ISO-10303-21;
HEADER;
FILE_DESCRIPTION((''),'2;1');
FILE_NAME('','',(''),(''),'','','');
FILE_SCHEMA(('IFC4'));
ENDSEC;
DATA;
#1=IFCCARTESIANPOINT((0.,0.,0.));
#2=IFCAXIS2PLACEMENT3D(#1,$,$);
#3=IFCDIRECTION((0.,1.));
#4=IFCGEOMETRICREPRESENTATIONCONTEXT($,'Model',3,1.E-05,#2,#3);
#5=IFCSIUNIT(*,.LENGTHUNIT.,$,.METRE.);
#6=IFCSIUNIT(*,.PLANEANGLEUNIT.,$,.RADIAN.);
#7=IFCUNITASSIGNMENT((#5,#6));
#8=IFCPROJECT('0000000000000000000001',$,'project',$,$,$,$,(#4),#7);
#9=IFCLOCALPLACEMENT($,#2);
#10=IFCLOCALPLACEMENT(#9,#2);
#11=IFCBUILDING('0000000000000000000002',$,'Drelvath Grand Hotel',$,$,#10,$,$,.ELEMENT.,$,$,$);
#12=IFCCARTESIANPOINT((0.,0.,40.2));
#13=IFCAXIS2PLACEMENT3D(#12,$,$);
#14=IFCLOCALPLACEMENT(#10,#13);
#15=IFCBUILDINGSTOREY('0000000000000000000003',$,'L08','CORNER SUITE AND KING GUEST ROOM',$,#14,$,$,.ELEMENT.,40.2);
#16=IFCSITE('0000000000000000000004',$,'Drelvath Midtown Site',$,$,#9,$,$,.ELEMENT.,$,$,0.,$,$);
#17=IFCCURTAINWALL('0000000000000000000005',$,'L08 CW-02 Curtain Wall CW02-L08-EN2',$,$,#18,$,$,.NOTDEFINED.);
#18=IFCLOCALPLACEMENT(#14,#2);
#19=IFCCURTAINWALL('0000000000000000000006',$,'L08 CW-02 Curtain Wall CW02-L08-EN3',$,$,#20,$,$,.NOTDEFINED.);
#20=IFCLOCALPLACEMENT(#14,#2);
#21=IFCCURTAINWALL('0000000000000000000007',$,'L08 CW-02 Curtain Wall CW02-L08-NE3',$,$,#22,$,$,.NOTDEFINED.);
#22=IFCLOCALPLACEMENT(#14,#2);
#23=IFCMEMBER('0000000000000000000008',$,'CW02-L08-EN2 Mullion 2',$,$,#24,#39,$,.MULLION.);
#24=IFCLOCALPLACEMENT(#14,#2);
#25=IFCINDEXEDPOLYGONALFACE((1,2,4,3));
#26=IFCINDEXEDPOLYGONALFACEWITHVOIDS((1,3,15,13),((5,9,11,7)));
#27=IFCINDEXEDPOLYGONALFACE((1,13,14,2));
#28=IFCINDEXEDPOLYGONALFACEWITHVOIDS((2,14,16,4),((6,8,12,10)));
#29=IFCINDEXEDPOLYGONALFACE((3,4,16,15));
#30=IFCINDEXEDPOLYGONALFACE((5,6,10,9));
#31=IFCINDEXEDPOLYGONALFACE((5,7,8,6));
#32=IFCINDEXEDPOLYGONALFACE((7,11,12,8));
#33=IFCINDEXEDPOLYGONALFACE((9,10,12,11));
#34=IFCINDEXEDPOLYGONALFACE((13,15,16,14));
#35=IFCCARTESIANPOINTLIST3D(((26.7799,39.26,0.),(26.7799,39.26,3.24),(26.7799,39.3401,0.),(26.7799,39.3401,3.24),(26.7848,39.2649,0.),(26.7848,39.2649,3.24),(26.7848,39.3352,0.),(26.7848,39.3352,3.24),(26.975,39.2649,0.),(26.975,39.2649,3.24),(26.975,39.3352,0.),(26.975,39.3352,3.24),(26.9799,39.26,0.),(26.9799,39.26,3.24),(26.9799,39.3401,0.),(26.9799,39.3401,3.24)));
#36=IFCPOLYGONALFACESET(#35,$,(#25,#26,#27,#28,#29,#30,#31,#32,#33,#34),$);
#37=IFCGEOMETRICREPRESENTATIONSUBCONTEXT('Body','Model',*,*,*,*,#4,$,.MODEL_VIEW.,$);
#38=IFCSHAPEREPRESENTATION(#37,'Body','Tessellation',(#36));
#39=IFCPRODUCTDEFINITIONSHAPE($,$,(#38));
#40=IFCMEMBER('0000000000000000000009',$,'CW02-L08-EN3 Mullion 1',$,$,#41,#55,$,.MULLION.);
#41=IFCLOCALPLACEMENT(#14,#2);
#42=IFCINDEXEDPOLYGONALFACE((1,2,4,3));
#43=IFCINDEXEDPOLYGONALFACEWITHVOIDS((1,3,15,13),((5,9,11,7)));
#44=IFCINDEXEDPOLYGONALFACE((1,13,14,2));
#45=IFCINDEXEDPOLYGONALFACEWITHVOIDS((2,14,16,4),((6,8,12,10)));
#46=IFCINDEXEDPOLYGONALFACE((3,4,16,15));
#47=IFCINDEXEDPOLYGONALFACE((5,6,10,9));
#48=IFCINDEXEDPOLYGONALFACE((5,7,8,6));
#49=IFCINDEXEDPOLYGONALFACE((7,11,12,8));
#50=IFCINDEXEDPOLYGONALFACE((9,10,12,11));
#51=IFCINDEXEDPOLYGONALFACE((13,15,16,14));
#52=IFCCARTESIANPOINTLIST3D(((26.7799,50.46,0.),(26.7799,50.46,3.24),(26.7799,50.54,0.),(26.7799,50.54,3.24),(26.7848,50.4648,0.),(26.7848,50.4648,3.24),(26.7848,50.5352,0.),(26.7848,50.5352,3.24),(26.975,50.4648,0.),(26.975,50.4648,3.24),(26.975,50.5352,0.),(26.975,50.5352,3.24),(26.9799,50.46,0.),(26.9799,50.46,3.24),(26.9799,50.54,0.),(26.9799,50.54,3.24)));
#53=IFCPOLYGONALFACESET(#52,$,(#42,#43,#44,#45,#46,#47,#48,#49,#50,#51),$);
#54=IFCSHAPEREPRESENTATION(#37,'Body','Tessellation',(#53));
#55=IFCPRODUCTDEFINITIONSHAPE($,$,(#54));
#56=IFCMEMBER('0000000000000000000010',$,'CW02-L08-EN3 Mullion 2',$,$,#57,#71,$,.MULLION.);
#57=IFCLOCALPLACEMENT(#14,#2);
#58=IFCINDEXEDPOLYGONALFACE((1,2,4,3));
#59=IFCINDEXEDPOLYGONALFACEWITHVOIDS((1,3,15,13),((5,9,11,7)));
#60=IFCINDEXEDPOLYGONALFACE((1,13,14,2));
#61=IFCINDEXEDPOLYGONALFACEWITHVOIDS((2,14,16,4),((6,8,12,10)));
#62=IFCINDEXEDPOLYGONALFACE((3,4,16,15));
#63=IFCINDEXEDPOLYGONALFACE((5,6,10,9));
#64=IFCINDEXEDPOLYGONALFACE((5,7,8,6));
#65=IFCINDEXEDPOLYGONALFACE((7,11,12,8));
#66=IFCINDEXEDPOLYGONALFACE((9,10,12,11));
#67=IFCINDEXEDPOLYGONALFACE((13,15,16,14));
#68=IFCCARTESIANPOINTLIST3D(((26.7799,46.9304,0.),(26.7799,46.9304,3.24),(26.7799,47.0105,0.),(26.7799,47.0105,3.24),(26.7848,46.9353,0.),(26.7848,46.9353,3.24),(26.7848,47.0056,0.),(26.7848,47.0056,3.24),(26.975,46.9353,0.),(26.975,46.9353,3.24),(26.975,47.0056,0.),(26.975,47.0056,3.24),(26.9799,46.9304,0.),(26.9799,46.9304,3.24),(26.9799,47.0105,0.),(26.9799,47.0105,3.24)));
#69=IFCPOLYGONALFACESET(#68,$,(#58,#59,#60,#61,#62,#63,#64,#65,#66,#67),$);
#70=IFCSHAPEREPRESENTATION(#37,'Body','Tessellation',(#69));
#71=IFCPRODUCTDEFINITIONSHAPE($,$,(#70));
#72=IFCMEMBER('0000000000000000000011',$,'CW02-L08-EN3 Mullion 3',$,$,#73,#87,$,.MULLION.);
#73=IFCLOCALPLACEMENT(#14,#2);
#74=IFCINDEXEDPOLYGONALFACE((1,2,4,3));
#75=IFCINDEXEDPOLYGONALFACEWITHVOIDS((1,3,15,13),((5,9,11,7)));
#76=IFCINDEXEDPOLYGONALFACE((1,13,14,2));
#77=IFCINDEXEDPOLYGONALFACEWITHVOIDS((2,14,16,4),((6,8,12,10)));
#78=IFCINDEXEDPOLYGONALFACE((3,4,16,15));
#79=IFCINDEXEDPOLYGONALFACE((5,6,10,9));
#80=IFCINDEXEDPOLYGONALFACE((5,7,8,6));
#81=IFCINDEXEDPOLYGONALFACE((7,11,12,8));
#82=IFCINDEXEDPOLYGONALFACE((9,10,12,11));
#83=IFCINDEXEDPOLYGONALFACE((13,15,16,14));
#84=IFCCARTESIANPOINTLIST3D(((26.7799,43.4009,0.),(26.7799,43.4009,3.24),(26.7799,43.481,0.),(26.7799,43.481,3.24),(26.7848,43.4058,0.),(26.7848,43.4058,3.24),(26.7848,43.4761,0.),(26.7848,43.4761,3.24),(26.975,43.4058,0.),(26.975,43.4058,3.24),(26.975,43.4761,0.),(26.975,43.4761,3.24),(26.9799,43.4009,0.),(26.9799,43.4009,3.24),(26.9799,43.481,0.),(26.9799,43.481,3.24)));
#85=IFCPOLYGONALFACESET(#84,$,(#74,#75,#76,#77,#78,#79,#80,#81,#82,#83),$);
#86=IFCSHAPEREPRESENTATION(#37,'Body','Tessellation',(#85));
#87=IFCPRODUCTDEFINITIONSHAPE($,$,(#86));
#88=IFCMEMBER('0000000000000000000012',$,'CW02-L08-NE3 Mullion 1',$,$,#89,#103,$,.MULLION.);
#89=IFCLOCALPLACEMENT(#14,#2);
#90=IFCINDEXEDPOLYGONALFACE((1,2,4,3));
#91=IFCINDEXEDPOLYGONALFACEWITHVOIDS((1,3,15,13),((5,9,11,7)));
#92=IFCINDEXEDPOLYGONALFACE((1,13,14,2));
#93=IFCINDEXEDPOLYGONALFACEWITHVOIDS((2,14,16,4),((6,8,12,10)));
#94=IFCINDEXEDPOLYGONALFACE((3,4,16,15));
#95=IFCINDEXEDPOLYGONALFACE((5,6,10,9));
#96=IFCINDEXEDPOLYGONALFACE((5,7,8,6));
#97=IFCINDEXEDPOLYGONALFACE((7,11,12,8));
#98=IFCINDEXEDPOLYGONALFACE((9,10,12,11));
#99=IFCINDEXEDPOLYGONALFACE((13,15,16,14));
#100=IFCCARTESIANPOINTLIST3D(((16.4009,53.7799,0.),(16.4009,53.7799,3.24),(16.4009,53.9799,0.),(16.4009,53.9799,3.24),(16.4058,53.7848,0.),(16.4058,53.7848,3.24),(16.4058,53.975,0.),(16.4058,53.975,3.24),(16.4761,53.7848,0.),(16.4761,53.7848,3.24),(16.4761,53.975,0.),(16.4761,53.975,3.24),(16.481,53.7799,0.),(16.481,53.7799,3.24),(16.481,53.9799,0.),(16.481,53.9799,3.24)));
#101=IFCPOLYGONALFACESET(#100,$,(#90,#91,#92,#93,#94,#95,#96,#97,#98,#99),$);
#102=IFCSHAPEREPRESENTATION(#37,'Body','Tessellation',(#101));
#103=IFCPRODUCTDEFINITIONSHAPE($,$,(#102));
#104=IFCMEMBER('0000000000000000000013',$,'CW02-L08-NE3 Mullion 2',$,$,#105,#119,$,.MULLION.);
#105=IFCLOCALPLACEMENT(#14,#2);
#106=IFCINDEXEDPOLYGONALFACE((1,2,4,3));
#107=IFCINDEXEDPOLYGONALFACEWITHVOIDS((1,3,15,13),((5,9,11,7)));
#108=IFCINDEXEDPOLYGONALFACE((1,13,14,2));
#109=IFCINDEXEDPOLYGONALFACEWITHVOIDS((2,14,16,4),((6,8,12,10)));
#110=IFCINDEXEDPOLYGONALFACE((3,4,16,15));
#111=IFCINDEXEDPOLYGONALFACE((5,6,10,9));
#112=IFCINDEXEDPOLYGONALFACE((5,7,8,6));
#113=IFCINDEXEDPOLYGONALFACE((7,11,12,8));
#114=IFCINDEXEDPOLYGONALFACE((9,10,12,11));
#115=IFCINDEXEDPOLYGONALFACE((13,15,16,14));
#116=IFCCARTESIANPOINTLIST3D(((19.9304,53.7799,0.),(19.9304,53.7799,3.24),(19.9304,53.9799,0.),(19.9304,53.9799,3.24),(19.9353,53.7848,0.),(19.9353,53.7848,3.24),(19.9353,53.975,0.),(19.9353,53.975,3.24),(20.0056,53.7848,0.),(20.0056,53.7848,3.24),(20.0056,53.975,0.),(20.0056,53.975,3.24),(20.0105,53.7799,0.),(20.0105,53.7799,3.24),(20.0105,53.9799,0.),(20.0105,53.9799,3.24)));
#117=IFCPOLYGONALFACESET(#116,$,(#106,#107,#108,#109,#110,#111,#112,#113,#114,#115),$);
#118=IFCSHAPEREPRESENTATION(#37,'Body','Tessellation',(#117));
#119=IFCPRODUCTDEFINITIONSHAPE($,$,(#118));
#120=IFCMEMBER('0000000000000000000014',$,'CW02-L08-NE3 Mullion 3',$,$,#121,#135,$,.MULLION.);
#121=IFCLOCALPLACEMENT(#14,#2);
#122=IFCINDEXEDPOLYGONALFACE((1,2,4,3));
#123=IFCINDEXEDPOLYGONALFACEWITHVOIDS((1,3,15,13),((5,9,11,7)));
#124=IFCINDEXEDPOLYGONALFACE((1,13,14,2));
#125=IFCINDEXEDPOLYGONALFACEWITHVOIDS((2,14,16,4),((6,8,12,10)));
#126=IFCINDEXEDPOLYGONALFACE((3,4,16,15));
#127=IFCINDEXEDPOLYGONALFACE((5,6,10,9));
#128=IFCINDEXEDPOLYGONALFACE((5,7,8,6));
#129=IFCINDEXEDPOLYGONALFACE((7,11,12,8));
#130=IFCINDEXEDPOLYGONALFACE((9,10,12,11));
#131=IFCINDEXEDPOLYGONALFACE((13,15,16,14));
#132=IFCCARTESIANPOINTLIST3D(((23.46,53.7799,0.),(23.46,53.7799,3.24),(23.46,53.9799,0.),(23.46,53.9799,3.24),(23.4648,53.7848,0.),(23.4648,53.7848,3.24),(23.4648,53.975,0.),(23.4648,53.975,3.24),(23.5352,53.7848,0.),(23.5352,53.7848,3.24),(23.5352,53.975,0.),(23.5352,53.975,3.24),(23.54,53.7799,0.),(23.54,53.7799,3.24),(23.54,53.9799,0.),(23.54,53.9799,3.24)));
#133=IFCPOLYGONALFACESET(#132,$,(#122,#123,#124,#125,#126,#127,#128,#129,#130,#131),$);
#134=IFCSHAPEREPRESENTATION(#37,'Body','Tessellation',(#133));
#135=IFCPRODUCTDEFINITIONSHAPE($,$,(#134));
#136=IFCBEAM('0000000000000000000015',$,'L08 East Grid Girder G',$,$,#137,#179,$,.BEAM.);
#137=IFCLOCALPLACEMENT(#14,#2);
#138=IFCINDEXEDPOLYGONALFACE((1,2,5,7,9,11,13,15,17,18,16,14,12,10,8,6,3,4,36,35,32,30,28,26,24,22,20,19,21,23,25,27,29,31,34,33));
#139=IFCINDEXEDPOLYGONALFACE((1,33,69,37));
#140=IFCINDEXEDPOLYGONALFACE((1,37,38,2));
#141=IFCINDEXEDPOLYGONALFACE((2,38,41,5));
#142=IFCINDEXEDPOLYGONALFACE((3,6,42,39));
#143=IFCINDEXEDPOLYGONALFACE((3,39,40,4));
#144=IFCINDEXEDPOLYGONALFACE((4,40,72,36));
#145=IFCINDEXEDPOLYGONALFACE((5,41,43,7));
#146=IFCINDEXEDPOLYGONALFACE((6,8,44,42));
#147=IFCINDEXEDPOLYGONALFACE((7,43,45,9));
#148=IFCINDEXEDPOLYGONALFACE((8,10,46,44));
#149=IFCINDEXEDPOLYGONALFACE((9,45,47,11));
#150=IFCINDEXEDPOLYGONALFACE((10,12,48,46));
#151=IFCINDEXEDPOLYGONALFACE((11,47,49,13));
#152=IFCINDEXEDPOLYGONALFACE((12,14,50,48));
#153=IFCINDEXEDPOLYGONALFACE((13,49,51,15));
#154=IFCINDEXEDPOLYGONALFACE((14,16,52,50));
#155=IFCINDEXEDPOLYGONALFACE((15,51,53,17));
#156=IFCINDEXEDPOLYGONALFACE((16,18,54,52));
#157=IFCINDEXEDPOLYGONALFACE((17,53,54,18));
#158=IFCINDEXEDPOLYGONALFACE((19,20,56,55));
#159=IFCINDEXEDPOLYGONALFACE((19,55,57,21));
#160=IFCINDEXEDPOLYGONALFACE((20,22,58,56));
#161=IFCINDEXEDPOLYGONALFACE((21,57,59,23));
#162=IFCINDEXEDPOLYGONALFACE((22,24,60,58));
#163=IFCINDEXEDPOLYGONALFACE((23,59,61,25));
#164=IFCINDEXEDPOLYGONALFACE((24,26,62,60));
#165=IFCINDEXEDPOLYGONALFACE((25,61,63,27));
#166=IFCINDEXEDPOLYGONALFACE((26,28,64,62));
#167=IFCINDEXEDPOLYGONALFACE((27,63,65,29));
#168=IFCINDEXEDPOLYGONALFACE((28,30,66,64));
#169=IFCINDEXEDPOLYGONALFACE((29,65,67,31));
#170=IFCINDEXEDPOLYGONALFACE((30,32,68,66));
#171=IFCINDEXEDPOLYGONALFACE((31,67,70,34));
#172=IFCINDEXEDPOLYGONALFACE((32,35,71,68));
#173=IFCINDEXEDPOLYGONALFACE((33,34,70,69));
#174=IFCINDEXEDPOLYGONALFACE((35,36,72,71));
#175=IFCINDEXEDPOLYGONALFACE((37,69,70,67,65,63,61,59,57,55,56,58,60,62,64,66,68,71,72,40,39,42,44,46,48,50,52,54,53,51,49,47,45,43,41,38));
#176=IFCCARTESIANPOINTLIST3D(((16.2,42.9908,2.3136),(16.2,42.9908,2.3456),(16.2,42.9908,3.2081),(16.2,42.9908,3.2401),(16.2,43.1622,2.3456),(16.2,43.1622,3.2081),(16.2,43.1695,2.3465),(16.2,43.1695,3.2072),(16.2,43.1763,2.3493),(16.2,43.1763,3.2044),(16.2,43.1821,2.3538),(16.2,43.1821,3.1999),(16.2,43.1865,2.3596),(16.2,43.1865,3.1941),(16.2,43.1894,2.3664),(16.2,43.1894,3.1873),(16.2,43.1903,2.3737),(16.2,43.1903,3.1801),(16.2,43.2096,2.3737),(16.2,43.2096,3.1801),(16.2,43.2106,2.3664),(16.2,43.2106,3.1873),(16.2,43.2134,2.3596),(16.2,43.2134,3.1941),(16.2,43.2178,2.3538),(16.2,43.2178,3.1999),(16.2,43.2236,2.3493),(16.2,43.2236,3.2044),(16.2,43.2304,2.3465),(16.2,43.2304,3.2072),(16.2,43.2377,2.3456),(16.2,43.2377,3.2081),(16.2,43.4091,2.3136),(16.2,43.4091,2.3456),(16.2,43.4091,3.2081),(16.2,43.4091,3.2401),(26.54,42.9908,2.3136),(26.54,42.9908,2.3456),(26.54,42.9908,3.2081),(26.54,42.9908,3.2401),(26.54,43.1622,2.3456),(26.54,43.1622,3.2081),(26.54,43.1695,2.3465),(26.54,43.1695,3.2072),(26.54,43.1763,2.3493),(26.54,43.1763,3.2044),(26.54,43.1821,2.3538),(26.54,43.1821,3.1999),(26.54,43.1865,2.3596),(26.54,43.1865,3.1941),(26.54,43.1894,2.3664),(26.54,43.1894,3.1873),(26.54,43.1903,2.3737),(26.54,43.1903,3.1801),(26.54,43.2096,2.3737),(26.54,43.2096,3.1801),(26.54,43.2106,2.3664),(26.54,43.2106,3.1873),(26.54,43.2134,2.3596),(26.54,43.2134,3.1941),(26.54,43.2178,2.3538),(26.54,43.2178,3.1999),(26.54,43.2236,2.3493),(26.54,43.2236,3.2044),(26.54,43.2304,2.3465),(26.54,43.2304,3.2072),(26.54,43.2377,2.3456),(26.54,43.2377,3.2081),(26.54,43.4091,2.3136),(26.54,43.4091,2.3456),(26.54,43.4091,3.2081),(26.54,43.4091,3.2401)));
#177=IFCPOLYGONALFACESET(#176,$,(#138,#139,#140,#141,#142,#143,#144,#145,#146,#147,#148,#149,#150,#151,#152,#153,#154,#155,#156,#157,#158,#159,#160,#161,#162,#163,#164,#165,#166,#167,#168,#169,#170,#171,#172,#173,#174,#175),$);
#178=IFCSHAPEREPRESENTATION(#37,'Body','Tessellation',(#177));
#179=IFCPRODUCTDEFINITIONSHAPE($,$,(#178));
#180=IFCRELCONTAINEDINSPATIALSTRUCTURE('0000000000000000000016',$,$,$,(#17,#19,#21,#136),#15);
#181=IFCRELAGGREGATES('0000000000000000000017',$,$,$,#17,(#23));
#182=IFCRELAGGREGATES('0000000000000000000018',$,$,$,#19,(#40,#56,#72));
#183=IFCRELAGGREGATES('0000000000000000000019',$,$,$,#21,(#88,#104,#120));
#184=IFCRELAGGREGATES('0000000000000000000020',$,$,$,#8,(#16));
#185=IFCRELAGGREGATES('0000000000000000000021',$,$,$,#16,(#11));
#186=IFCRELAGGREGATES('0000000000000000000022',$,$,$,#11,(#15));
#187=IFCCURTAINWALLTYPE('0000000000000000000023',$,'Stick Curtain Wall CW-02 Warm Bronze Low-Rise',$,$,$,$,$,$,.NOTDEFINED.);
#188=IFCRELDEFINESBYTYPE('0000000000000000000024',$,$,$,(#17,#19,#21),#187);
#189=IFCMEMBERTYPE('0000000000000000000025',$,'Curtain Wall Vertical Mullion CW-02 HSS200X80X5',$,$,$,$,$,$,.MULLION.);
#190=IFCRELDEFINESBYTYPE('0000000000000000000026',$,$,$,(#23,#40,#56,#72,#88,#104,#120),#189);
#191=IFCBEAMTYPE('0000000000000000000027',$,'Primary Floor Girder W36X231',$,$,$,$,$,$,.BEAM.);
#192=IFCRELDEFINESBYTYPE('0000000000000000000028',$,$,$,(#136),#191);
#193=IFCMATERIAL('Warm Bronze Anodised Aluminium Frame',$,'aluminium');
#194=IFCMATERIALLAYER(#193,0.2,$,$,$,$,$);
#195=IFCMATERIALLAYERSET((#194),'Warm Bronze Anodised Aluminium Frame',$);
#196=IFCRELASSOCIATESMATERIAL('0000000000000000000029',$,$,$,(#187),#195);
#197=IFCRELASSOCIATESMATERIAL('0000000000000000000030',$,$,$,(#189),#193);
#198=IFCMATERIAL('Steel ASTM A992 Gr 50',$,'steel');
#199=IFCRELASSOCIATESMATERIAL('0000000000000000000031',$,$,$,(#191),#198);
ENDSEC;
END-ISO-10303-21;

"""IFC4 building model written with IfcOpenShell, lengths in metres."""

from ifc_helpers import new_model, si_unit, direction, frame, origin, origin_2d, place, context, subcontext, project, spatial, hollow_rectangle, i_section, extrude, material, layer, layer_set, material_profile, profile_set, type_object, element, aggregate, save


model = new_model("IFC4")

# Units and contexts
model_context = context("Model", 3, precision=1e-05, world=origin(), true_north=direction((0.0, 1.0)))
body_context = subcontext(model_context, "Body", "Model", "MODEL_VIEW")
ifc_project = project(units=[si_unit("LENGTHUNIT", "METRE"), si_unit("PLANEANGLEUNIT", "RADIAN")], contexts=[model_context])

# Site, building, storey
site_placement = place(None, origin())
site = spatial("IfcSite", under=ifc_project, at=site_placement, Name="Drelvath Midtown Site", CompositionType="ELEMENT", RefElevation=0.0)
building_placement = place(site_placement, origin())
building = spatial("IfcBuilding", under=site, at=building_placement, Name="Drelvath Grand Hotel", CompositionType="ELEMENT")
storey_placement = place(building_placement, frame((0.0, 0.0, 40.2)))
storey = spatial("IfcBuildingStorey", under=building, at=storey_placement, Name="L08", Description="CORNER SUITE AND KING GUEST ROOM", CompositionType="ELEMENT", Elevation=40.2)

# Curtain walls
ifc_material_1 = material(Name="Warm Bronze Anodised Aluminium Frame", Category="aluminium")
ifc_layer_1 = layer(ifc_material_1, 0.2)
ifc_layer_set_1 = layer_set([ifc_layer_1], Name="Warm Bronze Anodised Aluminium Frame")
curtain_wall_type = type_object("IfcCurtainWallType", Name="Stick Curtain Wall CW-02 Warm Bronze Low-Rise", PredefinedType="NOTDEFINED", material=ifc_layer_set_1)
curtain_wall_1_placement = place(storey_placement, origin())
curtain_wall_1 = element("IfcCurtainWall", 1, at=curtain_wall_1_placement, inside=storey, type_object=curtain_wall_type, Name="L08 CW-02 Curtain Wall CW02-L08-EN2", PredefinedType="NOTDEFINED")
curtain_wall_2_placement = place(storey_placement, origin())
curtain_wall_2 = element("IfcCurtainWall", 2, at=curtain_wall_2_placement, inside=storey, type_object=curtain_wall_type, Name="L08 CW-02 Curtain Wall CW02-L08-EN3", PredefinedType="NOTDEFINED")
curtain_wall_3_placement = place(storey_placement, origin())
curtain_wall_3 = element("IfcCurtainWall", 3, at=curtain_wall_3_placement, inside=storey, type_object=curtain_wall_type, Name="L08 CW-02 Curtain Wall CW02-L08-NE3", PredefinedType="NOTDEFINED")

# Members
ifc_material_profile_1 = material_profile(ifc_material_1, hollow_rectangle(XDim=0.0801, YDim=0.2, WallThickness=0.0049, at=origin_2d()), Name="HSS200X80X5")
ifc_profile_set_1 = profile_set([ifc_material_profile_1], Name="Warm Bronze Anodised Aluminium Frame")
member_type_1 = type_object("IfcMemberType", Name="Curtain Wall Vertical Mullion CW-02 HSS200X80X5", PredefinedType="MULLION", material=ifc_profile_set_1)
member_1_placement = place(storey_placement, frame((26.8799, 39.3, 0.0), z_axis=(0.0, 0.0, 1.0), x_axis=(0.0, 1.0, 0.0)))
member_1 = element("IfcMember", 4, at=member_1_placement, type_object=member_type_1, Name="CW02-L08-EN2 Mullion 2", PredefinedType="MULLION", context=body_context, shape_type="SweptSolid", body=[
    extrude(hollow_rectangle(XDim=0.0801, YDim=0.2, WallThickness=0.0049, at=origin_2d()), origin(), (0.0, 0.0, 1.0), 3.24),
])
member_2_placement = place(storey_placement, frame((26.8799, 50.5, 0.0), z_axis=(0.0, 0.0, 1.0), x_axis=(0.0, 1.0, 0.0)))
member_2 = element("IfcMember", 5, at=member_2_placement, type_object=member_type_1, Name="CW02-L08-EN3 Mullion 1", PredefinedType="MULLION", context=body_context, shape_type="SweptSolid", body=[
    extrude(hollow_rectangle(XDim=0.0801, YDim=0.2, WallThickness=0.0049, at=origin_2d()), origin(), (0.0, 0.0, 1.0), 3.24),
])
member_3_placement = place(storey_placement, frame((26.8799, 46.9705, 0.0), z_axis=(0.0, 0.0, 1.0), x_axis=(0.0, 1.0, 0.0)))
member_3 = element("IfcMember", 6, at=member_3_placement, type_object=member_type_1, Name="CW02-L08-EN3 Mullion 2", PredefinedType="MULLION", context=body_context, shape_type="SweptSolid", body=[
    extrude(hollow_rectangle(XDim=0.0801, YDim=0.2, WallThickness=0.0049, at=origin_2d()), origin(), (0.0, 0.0, 1.0), 3.24),
])
member_4_placement = place(storey_placement, frame((26.8799, 43.4409, 0.0), z_axis=(0.0, 0.0, 1.0), x_axis=(0.0, 1.0, 0.0)))
member_4 = element("IfcMember", 7, at=member_4_placement, type_object=member_type_1, Name="CW02-L08-EN3 Mullion 3", PredefinedType="MULLION", context=body_context, shape_type="SweptSolid", body=[
    extrude(hollow_rectangle(XDim=0.0801, YDim=0.2, WallThickness=0.0049, at=origin_2d()), origin(), (0.0, 0.0, 1.0), 3.24),
])
member_5_placement = place(storey_placement, frame((16.4409, 53.8799, 0.0), z_axis=(0.0, 0.0, 1.0), x_axis=(1.0, 0.0, 0.0)))
member_5 = element("IfcMember", 8, at=member_5_placement, type_object=member_type_1, Name="CW02-L08-NE3 Mullion 1", PredefinedType="MULLION", context=body_context, shape_type="SweptSolid", body=[
    extrude(hollow_rectangle(XDim=0.0801, YDim=0.2, WallThickness=0.0049, at=origin_2d()), origin(), (0.0, 0.0, 1.0), 3.24),
])
member_6_placement = place(storey_placement, frame((19.9705, 53.8799, 0.0), z_axis=(0.0, 0.0, 1.0), x_axis=(1.0, 0.0, 0.0)))
member_6 = element("IfcMember", 9, at=member_6_placement, type_object=member_type_1, Name="CW02-L08-NE3 Mullion 2", PredefinedType="MULLION", context=body_context, shape_type="SweptSolid", body=[
    extrude(hollow_rectangle(XDim=0.0801, YDim=0.2, WallThickness=0.0049, at=origin_2d()), origin(), (0.0, 0.0, 1.0), 3.24),
])
member_7_placement = place(storey_placement, frame((23.5, 53.8799, 0.0), z_axis=(0.0, 0.0, 1.0), x_axis=(1.0, 0.0, 0.0)))
member_7 = element("IfcMember", 10, at=member_7_placement, type_object=member_type_1, Name="CW02-L08-NE3 Mullion 3", PredefinedType="MULLION", context=body_context, shape_type="SweptSolid", body=[
    extrude(hollow_rectangle(XDim=0.0801, YDim=0.2, WallThickness=0.0049, at=origin_2d()), origin(), (0.0, 0.0, 1.0), 3.24),
])

# Beam
ifc_material_2 = material(Name="Steel ASTM A992 Gr 50", Category="steel")
ifc_material_profile_2 = material_profile(ifc_material_2, i_section(OverallWidth=0.4182, OverallDepth=0.9265, WebThickness=0.0193, FlangeThickness=0.032, FilletRadius=0.0281, at=origin_2d()), Name="W36X231")
ifc_profile_set_2 = profile_set([ifc_material_profile_2], Name="Steel ASTM A992 Gr 50")
beam_type = type_object("IfcBeamType", Name="Primary Floor Girder W36X231", PredefinedType="BEAM", material=ifc_profile_set_2)
for number, where, z_axis, x_axis, name in (
    (11, (16.2, 43.2, 2.7769), (1.0, 0.0, 0.0), (0.0, 1.0, 0.0), "L08 East Grid Girder G"),
):
    element("IfcBeam", number, at=place(storey_placement, frame(where, z_axis=z_axis, x_axis=x_axis)), inside=storey, type_object=beam_type, Name=name, PredefinedType="BEAM", context=body_context, shape_type="SweptSolid", body=[
        extrude(i_section(OverallWidth=0.4182, OverallDepth=0.9265, WebThickness=0.0193, FlangeThickness=0.032, FilletRadius=0.0281, at=origin_2d()), origin(), (0.0, 0.0, 1.0), 10.3401),
    ])

aggregate(curtain_wall_1, [member_1])
aggregate(curtain_wall_2, [member_2, member_3, member_4])
aggregate(curtain_wall_3, [member_5, member_6, member_7])

save(model, "model.ifc")
